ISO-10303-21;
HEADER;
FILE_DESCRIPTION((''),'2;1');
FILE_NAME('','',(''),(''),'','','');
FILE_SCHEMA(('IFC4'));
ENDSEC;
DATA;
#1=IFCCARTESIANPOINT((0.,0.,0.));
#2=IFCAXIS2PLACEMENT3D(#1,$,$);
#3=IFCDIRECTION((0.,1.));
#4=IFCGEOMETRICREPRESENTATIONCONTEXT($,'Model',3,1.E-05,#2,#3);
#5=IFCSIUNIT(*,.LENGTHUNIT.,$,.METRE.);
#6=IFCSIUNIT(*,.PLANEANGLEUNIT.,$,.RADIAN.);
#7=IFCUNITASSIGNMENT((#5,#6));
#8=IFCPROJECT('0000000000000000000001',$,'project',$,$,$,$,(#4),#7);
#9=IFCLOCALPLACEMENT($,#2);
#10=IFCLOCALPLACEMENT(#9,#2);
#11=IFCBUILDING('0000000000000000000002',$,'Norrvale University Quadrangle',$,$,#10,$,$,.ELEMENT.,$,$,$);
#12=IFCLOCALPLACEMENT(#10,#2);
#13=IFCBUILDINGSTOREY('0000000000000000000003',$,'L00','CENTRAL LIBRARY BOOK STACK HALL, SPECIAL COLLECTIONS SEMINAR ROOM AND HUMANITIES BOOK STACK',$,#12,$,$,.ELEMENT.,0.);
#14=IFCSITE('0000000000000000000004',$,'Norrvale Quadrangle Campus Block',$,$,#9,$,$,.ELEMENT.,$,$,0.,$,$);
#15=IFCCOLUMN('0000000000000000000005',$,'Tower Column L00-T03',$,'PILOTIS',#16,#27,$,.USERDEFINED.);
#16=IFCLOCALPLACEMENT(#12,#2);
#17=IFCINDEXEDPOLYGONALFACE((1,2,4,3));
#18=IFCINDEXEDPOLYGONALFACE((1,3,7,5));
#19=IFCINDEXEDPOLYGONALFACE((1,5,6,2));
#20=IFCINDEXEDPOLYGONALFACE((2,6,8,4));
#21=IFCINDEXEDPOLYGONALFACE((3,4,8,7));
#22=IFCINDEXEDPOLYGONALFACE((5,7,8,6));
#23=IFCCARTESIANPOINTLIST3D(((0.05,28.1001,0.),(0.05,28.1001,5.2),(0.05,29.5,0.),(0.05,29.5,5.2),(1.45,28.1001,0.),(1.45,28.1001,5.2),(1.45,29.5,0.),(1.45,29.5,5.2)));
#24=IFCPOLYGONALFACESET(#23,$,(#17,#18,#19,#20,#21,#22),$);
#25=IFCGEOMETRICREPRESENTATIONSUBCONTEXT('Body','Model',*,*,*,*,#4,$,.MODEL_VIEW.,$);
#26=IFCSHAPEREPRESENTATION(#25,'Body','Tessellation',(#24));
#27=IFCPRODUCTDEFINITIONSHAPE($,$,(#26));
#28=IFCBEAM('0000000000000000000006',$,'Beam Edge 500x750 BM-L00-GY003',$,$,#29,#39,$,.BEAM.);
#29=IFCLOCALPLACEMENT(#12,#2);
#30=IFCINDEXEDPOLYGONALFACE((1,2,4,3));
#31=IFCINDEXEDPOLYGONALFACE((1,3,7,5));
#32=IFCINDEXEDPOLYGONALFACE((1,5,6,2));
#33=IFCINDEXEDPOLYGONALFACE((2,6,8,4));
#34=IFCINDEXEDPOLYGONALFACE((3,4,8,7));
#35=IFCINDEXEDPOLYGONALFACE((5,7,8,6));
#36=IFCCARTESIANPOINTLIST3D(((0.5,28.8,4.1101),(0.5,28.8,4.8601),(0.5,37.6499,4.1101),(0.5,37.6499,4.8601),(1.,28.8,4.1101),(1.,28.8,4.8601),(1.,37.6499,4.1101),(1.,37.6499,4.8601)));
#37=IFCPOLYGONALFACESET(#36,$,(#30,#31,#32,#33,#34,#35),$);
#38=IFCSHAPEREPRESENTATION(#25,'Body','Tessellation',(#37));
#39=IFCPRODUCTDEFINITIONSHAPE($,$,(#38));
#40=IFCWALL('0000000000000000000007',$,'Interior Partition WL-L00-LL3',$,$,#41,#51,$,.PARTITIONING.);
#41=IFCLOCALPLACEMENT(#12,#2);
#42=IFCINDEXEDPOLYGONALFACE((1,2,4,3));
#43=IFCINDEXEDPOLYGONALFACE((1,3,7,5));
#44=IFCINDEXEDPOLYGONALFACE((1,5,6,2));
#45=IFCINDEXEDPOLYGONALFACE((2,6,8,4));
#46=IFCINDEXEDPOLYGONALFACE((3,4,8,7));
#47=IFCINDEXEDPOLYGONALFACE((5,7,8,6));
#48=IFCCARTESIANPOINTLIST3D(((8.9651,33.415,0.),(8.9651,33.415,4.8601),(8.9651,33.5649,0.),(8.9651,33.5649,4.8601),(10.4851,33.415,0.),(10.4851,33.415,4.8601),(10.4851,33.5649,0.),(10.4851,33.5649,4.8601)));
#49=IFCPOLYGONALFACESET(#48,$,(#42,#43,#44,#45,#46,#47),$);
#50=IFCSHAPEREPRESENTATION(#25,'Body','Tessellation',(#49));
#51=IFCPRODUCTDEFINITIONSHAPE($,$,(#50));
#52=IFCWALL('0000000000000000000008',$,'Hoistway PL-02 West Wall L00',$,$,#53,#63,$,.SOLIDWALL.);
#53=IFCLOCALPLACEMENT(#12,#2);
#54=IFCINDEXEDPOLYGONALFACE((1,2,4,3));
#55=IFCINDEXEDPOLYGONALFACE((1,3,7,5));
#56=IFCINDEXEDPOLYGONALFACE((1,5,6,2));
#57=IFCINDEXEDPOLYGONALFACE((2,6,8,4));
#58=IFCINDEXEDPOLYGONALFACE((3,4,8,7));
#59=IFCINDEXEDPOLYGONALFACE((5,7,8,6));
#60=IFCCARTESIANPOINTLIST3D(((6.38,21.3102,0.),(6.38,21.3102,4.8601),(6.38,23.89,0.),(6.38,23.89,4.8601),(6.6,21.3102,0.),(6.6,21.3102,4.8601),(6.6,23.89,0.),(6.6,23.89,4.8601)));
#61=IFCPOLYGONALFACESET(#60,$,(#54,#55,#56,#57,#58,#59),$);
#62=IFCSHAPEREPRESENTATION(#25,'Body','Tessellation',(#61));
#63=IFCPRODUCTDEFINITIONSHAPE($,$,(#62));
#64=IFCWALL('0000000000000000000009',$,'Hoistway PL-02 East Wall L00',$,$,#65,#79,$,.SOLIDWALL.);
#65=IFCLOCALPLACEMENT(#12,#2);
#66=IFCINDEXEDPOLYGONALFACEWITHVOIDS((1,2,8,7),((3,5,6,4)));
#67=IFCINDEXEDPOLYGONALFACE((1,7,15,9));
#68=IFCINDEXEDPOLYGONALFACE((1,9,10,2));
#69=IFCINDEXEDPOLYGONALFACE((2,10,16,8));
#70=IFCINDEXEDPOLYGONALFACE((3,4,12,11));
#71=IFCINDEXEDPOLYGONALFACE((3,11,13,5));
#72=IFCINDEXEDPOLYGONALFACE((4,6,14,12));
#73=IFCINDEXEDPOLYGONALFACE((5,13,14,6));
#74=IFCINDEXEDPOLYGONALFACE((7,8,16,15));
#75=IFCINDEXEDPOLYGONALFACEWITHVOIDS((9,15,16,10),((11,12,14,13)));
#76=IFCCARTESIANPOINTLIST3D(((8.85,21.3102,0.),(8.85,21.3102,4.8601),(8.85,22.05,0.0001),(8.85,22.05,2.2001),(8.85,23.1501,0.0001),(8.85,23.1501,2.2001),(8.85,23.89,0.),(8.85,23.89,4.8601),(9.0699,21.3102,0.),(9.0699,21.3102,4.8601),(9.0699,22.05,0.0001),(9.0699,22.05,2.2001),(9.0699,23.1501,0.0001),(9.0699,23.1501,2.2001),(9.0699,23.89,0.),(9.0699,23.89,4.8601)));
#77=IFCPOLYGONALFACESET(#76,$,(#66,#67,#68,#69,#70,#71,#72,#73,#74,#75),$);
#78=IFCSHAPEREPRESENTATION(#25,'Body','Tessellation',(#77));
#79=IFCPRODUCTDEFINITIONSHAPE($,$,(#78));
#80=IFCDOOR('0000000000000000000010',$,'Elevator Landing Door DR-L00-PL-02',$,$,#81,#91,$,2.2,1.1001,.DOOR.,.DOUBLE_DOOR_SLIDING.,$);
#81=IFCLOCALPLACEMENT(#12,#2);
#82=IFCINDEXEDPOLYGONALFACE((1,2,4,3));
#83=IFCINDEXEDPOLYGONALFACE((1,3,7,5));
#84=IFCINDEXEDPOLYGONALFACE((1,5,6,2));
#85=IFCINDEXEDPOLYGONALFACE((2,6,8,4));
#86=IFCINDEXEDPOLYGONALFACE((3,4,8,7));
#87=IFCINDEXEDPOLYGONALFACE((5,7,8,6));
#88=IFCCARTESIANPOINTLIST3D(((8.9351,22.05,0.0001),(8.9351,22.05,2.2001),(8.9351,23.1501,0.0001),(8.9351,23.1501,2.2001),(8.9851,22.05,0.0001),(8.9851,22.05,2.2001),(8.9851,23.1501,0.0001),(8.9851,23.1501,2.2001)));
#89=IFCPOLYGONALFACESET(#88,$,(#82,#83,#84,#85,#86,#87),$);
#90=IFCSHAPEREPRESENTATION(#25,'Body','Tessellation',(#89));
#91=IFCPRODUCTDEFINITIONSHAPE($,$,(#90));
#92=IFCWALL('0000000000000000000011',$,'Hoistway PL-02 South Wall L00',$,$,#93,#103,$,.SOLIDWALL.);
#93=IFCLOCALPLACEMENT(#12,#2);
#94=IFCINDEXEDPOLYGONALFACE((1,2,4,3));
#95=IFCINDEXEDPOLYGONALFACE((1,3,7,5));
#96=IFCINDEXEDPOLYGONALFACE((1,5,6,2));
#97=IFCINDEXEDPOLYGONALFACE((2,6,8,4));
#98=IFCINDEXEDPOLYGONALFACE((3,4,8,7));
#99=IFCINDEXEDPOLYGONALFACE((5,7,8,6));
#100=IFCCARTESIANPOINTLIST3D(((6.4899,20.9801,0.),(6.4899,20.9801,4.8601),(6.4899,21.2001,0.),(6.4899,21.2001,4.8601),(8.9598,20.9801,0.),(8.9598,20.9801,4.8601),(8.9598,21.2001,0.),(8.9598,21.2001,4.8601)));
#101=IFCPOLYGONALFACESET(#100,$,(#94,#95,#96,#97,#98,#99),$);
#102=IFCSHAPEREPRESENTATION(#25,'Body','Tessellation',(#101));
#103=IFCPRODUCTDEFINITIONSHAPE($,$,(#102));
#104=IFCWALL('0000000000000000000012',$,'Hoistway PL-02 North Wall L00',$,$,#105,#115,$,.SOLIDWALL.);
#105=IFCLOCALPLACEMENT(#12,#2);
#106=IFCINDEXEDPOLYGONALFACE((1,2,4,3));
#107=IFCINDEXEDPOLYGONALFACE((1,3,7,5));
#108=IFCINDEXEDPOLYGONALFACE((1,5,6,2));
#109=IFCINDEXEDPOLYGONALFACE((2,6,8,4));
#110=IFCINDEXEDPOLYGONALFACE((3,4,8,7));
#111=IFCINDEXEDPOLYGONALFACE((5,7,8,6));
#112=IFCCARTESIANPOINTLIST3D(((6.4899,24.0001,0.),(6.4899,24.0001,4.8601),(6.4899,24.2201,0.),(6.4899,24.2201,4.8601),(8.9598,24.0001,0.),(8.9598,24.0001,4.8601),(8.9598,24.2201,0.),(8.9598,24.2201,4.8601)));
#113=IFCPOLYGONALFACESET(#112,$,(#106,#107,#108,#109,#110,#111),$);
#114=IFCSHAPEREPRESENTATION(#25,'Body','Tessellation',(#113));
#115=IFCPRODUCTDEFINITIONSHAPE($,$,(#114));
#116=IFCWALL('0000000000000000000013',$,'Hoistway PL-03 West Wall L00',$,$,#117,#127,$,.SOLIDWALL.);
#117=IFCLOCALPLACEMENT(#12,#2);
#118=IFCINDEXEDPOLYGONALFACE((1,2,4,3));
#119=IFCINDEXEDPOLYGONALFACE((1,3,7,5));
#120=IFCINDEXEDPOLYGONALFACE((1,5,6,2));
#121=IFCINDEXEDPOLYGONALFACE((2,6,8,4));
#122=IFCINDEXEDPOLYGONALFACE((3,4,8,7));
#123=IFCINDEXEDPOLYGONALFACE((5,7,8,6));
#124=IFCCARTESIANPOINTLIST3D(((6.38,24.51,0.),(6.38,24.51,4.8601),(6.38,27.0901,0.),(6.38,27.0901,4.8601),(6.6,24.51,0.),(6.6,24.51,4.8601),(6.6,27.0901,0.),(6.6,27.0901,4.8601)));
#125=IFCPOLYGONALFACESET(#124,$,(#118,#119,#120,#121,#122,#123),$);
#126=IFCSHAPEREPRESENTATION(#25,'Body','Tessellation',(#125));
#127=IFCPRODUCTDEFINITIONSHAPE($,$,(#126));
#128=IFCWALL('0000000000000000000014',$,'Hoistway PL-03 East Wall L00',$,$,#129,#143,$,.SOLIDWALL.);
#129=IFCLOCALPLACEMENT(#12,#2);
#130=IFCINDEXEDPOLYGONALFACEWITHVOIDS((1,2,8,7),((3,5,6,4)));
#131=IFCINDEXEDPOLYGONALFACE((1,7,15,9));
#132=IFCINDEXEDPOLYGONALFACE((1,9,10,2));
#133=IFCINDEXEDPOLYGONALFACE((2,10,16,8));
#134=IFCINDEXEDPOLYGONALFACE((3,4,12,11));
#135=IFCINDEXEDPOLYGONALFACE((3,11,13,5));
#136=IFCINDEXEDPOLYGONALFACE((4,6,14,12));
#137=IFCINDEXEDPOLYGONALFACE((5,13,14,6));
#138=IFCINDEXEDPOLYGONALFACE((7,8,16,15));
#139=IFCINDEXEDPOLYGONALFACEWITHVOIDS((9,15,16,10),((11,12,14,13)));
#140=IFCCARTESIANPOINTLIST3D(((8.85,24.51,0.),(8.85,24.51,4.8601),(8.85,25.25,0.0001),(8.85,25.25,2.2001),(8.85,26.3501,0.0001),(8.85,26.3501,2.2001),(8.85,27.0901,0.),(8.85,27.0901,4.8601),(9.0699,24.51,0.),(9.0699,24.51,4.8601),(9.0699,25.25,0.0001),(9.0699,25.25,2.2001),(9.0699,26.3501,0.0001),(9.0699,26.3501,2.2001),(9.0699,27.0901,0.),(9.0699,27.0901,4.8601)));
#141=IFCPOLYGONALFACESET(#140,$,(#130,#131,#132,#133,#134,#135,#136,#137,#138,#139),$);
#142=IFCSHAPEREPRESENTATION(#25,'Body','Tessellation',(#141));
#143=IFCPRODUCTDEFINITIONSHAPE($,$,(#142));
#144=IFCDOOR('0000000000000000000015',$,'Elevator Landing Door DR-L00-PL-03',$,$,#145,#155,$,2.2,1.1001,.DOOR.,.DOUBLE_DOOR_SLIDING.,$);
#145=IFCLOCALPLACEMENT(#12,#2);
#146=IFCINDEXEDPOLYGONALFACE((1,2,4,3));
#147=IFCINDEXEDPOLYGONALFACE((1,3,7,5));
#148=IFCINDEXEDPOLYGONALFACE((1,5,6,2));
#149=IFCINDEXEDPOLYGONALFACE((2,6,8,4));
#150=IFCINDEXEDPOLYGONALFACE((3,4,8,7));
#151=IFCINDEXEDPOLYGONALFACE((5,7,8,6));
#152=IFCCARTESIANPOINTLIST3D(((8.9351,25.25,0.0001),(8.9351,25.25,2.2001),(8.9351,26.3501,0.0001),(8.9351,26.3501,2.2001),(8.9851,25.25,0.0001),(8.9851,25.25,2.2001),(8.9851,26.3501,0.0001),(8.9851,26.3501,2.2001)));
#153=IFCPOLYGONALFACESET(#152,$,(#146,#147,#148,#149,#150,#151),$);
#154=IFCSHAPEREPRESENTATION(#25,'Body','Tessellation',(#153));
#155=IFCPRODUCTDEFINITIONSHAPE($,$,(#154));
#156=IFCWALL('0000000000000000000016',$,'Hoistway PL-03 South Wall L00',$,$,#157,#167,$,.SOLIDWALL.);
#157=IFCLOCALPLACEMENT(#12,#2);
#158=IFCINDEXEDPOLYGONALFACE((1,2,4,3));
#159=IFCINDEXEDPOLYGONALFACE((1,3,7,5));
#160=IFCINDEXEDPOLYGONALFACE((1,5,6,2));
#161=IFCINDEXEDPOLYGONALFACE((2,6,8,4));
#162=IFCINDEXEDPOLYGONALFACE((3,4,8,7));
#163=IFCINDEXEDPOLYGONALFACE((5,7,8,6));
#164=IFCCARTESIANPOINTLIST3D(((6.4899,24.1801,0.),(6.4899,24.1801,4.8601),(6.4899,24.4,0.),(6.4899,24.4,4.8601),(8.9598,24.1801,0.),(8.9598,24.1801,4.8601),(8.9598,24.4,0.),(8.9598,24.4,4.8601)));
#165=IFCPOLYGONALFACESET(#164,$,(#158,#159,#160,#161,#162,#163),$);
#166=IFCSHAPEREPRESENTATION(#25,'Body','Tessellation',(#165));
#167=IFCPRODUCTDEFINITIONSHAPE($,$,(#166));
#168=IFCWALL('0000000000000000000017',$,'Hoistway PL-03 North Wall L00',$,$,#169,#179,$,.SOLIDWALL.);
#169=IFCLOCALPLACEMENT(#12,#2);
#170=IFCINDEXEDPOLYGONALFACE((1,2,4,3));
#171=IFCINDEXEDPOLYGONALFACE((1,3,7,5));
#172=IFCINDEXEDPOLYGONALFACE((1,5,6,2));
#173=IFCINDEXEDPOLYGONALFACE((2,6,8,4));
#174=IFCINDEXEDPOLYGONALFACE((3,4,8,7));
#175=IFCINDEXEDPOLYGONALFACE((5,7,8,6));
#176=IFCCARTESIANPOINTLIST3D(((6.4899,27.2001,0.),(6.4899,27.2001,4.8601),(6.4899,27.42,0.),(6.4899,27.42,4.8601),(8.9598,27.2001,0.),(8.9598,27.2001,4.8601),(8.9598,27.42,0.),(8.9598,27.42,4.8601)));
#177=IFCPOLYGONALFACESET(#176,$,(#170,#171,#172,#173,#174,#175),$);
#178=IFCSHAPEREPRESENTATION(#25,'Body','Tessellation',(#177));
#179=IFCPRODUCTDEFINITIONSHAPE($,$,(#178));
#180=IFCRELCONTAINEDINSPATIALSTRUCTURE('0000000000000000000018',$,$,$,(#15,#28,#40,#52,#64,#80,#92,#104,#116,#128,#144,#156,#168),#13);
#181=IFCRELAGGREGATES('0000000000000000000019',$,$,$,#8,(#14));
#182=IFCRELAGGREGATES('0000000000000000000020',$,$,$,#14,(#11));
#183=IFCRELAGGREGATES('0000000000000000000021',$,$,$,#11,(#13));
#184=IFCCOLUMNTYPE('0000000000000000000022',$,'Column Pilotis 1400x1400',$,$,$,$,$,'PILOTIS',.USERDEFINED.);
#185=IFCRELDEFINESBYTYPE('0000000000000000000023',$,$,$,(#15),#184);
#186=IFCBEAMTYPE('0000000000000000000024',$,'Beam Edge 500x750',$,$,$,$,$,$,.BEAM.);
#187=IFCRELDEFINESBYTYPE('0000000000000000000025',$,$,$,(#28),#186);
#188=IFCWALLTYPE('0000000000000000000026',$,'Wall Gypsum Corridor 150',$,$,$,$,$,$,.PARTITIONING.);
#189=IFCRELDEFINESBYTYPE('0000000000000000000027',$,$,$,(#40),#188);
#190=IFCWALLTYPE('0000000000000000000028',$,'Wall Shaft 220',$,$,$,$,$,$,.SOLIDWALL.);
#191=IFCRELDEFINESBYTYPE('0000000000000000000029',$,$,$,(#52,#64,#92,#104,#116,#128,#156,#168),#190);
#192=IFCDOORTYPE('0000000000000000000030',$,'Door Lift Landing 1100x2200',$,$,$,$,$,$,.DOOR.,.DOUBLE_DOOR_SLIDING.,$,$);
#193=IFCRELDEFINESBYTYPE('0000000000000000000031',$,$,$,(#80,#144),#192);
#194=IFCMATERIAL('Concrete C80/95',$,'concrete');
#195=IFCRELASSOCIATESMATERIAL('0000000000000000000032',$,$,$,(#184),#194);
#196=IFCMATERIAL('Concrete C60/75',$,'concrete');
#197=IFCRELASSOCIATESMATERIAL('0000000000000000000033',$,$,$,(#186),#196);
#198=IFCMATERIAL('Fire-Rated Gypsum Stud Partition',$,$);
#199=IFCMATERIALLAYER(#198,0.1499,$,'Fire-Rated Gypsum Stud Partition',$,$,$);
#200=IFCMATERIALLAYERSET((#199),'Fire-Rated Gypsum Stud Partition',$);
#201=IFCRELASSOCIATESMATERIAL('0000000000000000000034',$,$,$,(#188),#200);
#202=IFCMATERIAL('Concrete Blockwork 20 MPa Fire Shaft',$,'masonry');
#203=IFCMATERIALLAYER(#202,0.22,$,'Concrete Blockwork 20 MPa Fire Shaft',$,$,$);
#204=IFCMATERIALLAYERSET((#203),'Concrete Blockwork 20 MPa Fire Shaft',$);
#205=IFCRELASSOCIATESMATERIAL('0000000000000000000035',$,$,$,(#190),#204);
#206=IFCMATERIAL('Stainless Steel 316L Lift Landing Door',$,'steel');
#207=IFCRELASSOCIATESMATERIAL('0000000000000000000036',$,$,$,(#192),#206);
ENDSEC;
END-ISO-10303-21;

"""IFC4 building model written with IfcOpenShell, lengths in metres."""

from ifc_helpers import new_model, si_unit, direction, frame, frame_2d, origin, origin_2d, place, context, subcontext, project, spatial, rectangle, extrude, material, layer, layer_set, material_profile, profile_set, type_object, element, fill, save


model = new_model("IFC4")

# Units and contexts
model_context = context("Model", 3, precision=1e-05, world=origin(), true_north=direction((0.0, 1.0)))
body_context = subcontext(model_context, "Body", "Model", "MODEL_VIEW")
ifc_project = project(units=[si_unit("LENGTHUNIT", "METRE"), si_unit("PLANEANGLEUNIT", "RADIAN")], contexts=[model_context])

# Site, building, storey
site_placement = place(None, origin())
site = spatial("IfcSite", under=ifc_project, at=site_placement, Name="Norrvale Quadrangle Campus Block", CompositionType="ELEMENT", RefElevation=0.0)
building_placement = place(site_placement, origin())
building = spatial("IfcBuilding", under=site, at=building_placement, Name="Norrvale University Quadrangle", CompositionType="ELEMENT")
storey_placement = place(building_placement, origin())
storey = spatial("IfcBuildingStorey", under=building, at=storey_placement, Name="L00", Description="CENTRAL LIBRARY BOOK STACK HALL, SPECIAL COLLECTIONS SEMINAR ROOM AND HUMANITIES BOOK STACK", CompositionType="ELEMENT", Elevation=0.0)

# Column
ifc_material_1 = material(Name="Concrete C80/95", Category="concrete")
ifc_material_profile_1 = material_profile(ifc_material_1, rectangle(XDim=1.3999, YDim=1.3999, at=origin_2d()), Name="Concrete C80/95")
ifc_profile_set_1 = profile_set([ifc_material_profile_1], Name="Concrete C80/95")
column_type = type_object("IfcColumnType", Name="Column Pilotis 1400x1400", ElementType="PILOTIS", PredefinedType="USERDEFINED", material=ifc_profile_set_1)
column_placement = place(storey_placement, frame((0.75, 28.8, 0.0), z_axis=(0.0, 0.0, 1.0), x_axis=(1.0, 0.0, 0.0)))
element("IfcColumn", 1, at=column_placement, inside=storey, type_object=column_type, Name="Tower Column L00-T03", ObjectType="PILOTIS", PredefinedType="USERDEFINED", context=body_context, shape_type="SweptSolid", body=[
    extrude(rectangle(XDim=1.3999, YDim=1.3999, at=origin_2d()), origin(), (0.0, 0.0, 1.0), 5.2),
])

# Beam
ifc_material_2 = material(Name="Concrete C60/75", Category="concrete")
ifc_material_profile_2 = material_profile(ifc_material_2, rectangle(XDim=0.5, YDim=0.75, at=origin_2d()), Name="Concrete C60/75")
ifc_profile_set_2 = profile_set([ifc_material_profile_2], Name="Concrete C60/75")
beam_type = type_object("IfcBeamType", Name="Beam Edge 500x750", PredefinedType="BEAM", material=ifc_profile_set_2)
beam_placement = place(storey_placement, frame((0.75, 28.8, 4.4851), z_axis=(0.0, 1.0, 0.0), x_axis=(-1.0, 0.0, 0.0)))
element("IfcBeam", 2, at=beam_placement, inside=storey, type_object=beam_type, Name="Beam Edge 500x750 BM-L00-GY003", PredefinedType="BEAM", context=body_context, shape_type="SweptSolid", body=[
    extrude(rectangle(XDim=0.5, YDim=0.75, at=origin_2d()), origin(), (0.0, 0.0, 1.0), 8.8499),
])

# Walls
ifc_material_3 = material(Name="Fire-Rated Gypsum Stud Partition")
ifc_layer_1 = layer(ifc_material_3, 0.1499, Name="Fire-Rated Gypsum Stud Partition")
ifc_layer_set_1 = layer_set([ifc_layer_1], Name="Fire-Rated Gypsum Stud Partition")
wall_type_1 = type_object("IfcWallType", Name="Wall Gypsum Corridor 150", PredefinedType="PARTITIONING", material=ifc_layer_set_1)
wall_1_placement = place(storey_placement, frame((8.9651, 33.49, 0.0), z_axis=(0.0, 0.0, 1.0), x_axis=(1.0, 0.0, 0.0)))
element("IfcWall", 3, at=wall_1_placement, inside=storey, type_object=wall_type_1, Name="Interior Partition WL-L00-LL3", PredefinedType="PARTITIONING", context=body_context, shape_type="SweptSolid", body=[
    extrude(rectangle(XDim=1.52, YDim=0.1499, at=frame_2d((0.76, 0.0))), origin(), (0.0, 0.0, 1.0), 4.8601),
])
ifc_material_4 = material(Name="Concrete Blockwork 20 MPa Fire Shaft", Category="masonry")
ifc_layer_2 = layer(ifc_material_4, 0.22, Name="Concrete Blockwork 20 MPa Fire Shaft")
ifc_layer_set_2 = layer_set([ifc_layer_2], Name="Concrete Blockwork 20 MPa Fire Shaft")
wall_type_2 = type_object("IfcWallType", Name="Wall Shaft 220", PredefinedType="SOLIDWALL", material=ifc_layer_set_2)
wall_2_placement = place(storey_placement, frame((6.49, 21.3101, 0.0), z_axis=(0.0, 0.0, 1.0), x_axis=(0.0, 1.0, 0.0)))
element("IfcWall", 4, at=wall_2_placement, inside=storey, type_object=wall_type_2, Name="Hoistway PL-02 West Wall L00", PredefinedType="SOLIDWALL", context=body_context, shape_type="SweptSolid", body=[
    extrude(rectangle(XDim=2.5798, YDim=0.22, at=frame_2d((1.29, 0.0))), origin(), (0.0, 0.0, 1.0), 4.8601),
])

# Wall, opening, door
wall_3_placement = place(storey_placement, frame((8.96, 21.3101, 0.0), z_axis=(0.0, 0.0, 1.0), x_axis=(0.0, 1.0, 0.0)))
wall_3 = element("IfcWall", 5, at=wall_3_placement, inside=storey, type_object=wall_type_2, Name="Hoistway PL-02 East Wall L00", PredefinedType="SOLIDWALL", context=body_context, shape_type="SweptSolid", body=[
    extrude(rectangle(XDim=2.5798, YDim=0.22, at=frame_2d((1.29, 0.0))), origin(), (0.0, 0.0, 1.0), 4.8601),
])
opening_1_placement = place(wall_3_placement, frame((0.74, 0.0, 0.0)))
opening_1 = element("IfcOpeningElement", 6, at=opening_1_placement, cuts=wall_3, PredefinedType="OPENING", context=body_context, shape_type="SweptSolid", body=[
    extrude(rectangle(XDim=1.1001, YDim=2.2, at=frame_2d((0.55, 1.1001))), frame((0.0, 0.1221, 0.0), z_axis=(0.0, -1.0, 0.0), x_axis=(1.0, 0.0, 0.0)), (0.0, 0.0, 1.0), 0.2439),
])
ifc_material_5 = material(Name="Stainless Steel 316L Lift Landing Door", Category="steel")
door_type_1 = type_object("IfcDoorType", Name="Door Lift Landing 1100x2200", OperationType="DOUBLE_DOOR_SLIDING", PredefinedType="DOOR", material=ifc_material_5)
door_1_placement = place(opening_1_placement, origin())
door_1 = element("IfcDoor", 7, at=door_1_placement, inside=storey, type_object=door_type_1, Name="Elevator Landing Door DR-L00-PL-02", OperationType="DOUBLE_DOOR_SLIDING", OverallHeight=2.2, OverallWidth=1.1001, PredefinedType="DOOR", context=body_context, shape_type="SweptSolid", body=[
    extrude(rectangle(XDim=1.1001, YDim=2.2, at=frame_2d((0.55, 1.1001))), frame((0.0, 0.0249, 0.0), z_axis=(0.0, -1.0, 0.0), x_axis=(1.0, 0.0, 0.0)), (0.0, 0.0, 1.0), 0.05),
])
fill(opening_1, door_1)

# Walls
for number, where, z_axis, x_axis, name in (
    (8, (6.49, 21.0901, 0.0), (0.0, 0.0, 1.0), (1.0, 0.0, 0.0), "Hoistway PL-02 South Wall L00"),
    (9, (6.49, 24.1101, 0.0), (0.0, 0.0, 1.0), (1.0, 0.0, 0.0), "Hoistway PL-02 North Wall L00"),
):
    element("IfcWall", number, at=place(storey_placement, frame(where, z_axis=z_axis, x_axis=x_axis)), inside=storey, type_object=wall_type_2, Name=name, PredefinedType="SOLIDWALL", context=body_context, shape_type="SweptSolid", body=[
        extrude(rectangle(XDim=2.47, YDim=0.22, at=frame_2d((1.2349, 0.0))), origin(), (0.0, 0.0, 1.0), 4.8601),
    ])
wall_4_placement = place(storey_placement, frame((6.49, 24.51, 0.0), z_axis=(0.0, 0.0, 1.0), x_axis=(0.0, 1.0, 0.0)))
element("IfcWall", 10, at=wall_4_placement, inside=storey, type_object=wall_type_2, Name="Hoistway PL-03 West Wall L00", PredefinedType="SOLIDWALL", context=body_context, shape_type="SweptSolid", body=[
    extrude(rectangle(XDim=2.5801, YDim=0.22, at=frame_2d((1.29, 0.0))), origin(), (0.0, 0.0, 1.0), 4.8601),
])

# Wall, opening, door
wall_5_placement = place(storey_placement, frame((8.96, 24.51, 0.0), z_axis=(0.0, 0.0, 1.0), x_axis=(0.0, 1.0, 0.0)))
wall_5 = element("IfcWall", 11, at=wall_5_placement, inside=storey, type_object=wall_type_2, Name="Hoistway PL-03 East Wall L00", PredefinedType="SOLIDWALL", context=body_context, shape_type="SweptSolid", body=[
    extrude(rectangle(XDim=2.5801, YDim=0.22, at=frame_2d((1.29, 0.0))), origin(), (0.0, 0.0, 1.0), 4.8601),
])
opening_2_placement = place(wall_5_placement, frame((0.74, 0.0, 0.0)))
opening_2 = element("IfcOpeningElement", 12, at=opening_2_placement, cuts=wall_5, PredefinedType="OPENING", context=body_context, shape_type="SweptSolid", body=[
    extrude(rectangle(XDim=1.1001, YDim=2.2, at=frame_2d((0.55, 1.1001))), frame((0.0, 0.1221, 0.0), z_axis=(0.0, -1.0, 0.0), x_axis=(1.0, 0.0, 0.0)), (0.0, 0.0, 1.0), 0.2439),
])
door_2_placement = place(opening_2_placement, origin())
door_2 = element("IfcDoor", 13, at=door_2_placement, inside=storey, type_object=door_type_1, Name="Elevator Landing Door DR-L00-PL-03", OperationType="DOUBLE_DOOR_SLIDING", OverallHeight=2.2, OverallWidth=1.1001, PredefinedType="DOOR", context=body_context, shape_type="SweptSolid", body=[
    extrude(rectangle(XDim=1.1001, YDim=2.2, at=frame_2d((0.55, 1.1001))), frame((0.0, 0.0249, 0.0), z_axis=(0.0, -1.0, 0.0), x_axis=(1.0, 0.0, 0.0)), (0.0, 0.0, 1.0), 0.05),
])
fill(opening_2, door_2)

# Walls
for number, where, z_axis, x_axis, name in (
    (14, (6.49, 24.29, 0.0), (0.0, 0.0, 1.0), (1.0, 0.0, 0.0), "Hoistway PL-03 South Wall L00"),
    (15, (6.49, 27.3101, 0.0), (0.0, 0.0, 1.0), (1.0, 0.0, 0.0), "Hoistway PL-03 North Wall L00"),
):
    element("IfcWall", number, at=place(storey_placement, frame(where, z_axis=z_axis, x_axis=x_axis)), inside=storey, type_object=wall_type_2, Name=name, PredefinedType="SOLIDWALL", context=body_context, shape_type="SweptSolid", body=[
        extrude(rectangle(XDim=2.47, YDim=0.22, at=frame_2d((1.2349, 0.0))), origin(), (0.0, 0.0, 1.0), 4.8601),
    ])

save(model, "model.ifc")
